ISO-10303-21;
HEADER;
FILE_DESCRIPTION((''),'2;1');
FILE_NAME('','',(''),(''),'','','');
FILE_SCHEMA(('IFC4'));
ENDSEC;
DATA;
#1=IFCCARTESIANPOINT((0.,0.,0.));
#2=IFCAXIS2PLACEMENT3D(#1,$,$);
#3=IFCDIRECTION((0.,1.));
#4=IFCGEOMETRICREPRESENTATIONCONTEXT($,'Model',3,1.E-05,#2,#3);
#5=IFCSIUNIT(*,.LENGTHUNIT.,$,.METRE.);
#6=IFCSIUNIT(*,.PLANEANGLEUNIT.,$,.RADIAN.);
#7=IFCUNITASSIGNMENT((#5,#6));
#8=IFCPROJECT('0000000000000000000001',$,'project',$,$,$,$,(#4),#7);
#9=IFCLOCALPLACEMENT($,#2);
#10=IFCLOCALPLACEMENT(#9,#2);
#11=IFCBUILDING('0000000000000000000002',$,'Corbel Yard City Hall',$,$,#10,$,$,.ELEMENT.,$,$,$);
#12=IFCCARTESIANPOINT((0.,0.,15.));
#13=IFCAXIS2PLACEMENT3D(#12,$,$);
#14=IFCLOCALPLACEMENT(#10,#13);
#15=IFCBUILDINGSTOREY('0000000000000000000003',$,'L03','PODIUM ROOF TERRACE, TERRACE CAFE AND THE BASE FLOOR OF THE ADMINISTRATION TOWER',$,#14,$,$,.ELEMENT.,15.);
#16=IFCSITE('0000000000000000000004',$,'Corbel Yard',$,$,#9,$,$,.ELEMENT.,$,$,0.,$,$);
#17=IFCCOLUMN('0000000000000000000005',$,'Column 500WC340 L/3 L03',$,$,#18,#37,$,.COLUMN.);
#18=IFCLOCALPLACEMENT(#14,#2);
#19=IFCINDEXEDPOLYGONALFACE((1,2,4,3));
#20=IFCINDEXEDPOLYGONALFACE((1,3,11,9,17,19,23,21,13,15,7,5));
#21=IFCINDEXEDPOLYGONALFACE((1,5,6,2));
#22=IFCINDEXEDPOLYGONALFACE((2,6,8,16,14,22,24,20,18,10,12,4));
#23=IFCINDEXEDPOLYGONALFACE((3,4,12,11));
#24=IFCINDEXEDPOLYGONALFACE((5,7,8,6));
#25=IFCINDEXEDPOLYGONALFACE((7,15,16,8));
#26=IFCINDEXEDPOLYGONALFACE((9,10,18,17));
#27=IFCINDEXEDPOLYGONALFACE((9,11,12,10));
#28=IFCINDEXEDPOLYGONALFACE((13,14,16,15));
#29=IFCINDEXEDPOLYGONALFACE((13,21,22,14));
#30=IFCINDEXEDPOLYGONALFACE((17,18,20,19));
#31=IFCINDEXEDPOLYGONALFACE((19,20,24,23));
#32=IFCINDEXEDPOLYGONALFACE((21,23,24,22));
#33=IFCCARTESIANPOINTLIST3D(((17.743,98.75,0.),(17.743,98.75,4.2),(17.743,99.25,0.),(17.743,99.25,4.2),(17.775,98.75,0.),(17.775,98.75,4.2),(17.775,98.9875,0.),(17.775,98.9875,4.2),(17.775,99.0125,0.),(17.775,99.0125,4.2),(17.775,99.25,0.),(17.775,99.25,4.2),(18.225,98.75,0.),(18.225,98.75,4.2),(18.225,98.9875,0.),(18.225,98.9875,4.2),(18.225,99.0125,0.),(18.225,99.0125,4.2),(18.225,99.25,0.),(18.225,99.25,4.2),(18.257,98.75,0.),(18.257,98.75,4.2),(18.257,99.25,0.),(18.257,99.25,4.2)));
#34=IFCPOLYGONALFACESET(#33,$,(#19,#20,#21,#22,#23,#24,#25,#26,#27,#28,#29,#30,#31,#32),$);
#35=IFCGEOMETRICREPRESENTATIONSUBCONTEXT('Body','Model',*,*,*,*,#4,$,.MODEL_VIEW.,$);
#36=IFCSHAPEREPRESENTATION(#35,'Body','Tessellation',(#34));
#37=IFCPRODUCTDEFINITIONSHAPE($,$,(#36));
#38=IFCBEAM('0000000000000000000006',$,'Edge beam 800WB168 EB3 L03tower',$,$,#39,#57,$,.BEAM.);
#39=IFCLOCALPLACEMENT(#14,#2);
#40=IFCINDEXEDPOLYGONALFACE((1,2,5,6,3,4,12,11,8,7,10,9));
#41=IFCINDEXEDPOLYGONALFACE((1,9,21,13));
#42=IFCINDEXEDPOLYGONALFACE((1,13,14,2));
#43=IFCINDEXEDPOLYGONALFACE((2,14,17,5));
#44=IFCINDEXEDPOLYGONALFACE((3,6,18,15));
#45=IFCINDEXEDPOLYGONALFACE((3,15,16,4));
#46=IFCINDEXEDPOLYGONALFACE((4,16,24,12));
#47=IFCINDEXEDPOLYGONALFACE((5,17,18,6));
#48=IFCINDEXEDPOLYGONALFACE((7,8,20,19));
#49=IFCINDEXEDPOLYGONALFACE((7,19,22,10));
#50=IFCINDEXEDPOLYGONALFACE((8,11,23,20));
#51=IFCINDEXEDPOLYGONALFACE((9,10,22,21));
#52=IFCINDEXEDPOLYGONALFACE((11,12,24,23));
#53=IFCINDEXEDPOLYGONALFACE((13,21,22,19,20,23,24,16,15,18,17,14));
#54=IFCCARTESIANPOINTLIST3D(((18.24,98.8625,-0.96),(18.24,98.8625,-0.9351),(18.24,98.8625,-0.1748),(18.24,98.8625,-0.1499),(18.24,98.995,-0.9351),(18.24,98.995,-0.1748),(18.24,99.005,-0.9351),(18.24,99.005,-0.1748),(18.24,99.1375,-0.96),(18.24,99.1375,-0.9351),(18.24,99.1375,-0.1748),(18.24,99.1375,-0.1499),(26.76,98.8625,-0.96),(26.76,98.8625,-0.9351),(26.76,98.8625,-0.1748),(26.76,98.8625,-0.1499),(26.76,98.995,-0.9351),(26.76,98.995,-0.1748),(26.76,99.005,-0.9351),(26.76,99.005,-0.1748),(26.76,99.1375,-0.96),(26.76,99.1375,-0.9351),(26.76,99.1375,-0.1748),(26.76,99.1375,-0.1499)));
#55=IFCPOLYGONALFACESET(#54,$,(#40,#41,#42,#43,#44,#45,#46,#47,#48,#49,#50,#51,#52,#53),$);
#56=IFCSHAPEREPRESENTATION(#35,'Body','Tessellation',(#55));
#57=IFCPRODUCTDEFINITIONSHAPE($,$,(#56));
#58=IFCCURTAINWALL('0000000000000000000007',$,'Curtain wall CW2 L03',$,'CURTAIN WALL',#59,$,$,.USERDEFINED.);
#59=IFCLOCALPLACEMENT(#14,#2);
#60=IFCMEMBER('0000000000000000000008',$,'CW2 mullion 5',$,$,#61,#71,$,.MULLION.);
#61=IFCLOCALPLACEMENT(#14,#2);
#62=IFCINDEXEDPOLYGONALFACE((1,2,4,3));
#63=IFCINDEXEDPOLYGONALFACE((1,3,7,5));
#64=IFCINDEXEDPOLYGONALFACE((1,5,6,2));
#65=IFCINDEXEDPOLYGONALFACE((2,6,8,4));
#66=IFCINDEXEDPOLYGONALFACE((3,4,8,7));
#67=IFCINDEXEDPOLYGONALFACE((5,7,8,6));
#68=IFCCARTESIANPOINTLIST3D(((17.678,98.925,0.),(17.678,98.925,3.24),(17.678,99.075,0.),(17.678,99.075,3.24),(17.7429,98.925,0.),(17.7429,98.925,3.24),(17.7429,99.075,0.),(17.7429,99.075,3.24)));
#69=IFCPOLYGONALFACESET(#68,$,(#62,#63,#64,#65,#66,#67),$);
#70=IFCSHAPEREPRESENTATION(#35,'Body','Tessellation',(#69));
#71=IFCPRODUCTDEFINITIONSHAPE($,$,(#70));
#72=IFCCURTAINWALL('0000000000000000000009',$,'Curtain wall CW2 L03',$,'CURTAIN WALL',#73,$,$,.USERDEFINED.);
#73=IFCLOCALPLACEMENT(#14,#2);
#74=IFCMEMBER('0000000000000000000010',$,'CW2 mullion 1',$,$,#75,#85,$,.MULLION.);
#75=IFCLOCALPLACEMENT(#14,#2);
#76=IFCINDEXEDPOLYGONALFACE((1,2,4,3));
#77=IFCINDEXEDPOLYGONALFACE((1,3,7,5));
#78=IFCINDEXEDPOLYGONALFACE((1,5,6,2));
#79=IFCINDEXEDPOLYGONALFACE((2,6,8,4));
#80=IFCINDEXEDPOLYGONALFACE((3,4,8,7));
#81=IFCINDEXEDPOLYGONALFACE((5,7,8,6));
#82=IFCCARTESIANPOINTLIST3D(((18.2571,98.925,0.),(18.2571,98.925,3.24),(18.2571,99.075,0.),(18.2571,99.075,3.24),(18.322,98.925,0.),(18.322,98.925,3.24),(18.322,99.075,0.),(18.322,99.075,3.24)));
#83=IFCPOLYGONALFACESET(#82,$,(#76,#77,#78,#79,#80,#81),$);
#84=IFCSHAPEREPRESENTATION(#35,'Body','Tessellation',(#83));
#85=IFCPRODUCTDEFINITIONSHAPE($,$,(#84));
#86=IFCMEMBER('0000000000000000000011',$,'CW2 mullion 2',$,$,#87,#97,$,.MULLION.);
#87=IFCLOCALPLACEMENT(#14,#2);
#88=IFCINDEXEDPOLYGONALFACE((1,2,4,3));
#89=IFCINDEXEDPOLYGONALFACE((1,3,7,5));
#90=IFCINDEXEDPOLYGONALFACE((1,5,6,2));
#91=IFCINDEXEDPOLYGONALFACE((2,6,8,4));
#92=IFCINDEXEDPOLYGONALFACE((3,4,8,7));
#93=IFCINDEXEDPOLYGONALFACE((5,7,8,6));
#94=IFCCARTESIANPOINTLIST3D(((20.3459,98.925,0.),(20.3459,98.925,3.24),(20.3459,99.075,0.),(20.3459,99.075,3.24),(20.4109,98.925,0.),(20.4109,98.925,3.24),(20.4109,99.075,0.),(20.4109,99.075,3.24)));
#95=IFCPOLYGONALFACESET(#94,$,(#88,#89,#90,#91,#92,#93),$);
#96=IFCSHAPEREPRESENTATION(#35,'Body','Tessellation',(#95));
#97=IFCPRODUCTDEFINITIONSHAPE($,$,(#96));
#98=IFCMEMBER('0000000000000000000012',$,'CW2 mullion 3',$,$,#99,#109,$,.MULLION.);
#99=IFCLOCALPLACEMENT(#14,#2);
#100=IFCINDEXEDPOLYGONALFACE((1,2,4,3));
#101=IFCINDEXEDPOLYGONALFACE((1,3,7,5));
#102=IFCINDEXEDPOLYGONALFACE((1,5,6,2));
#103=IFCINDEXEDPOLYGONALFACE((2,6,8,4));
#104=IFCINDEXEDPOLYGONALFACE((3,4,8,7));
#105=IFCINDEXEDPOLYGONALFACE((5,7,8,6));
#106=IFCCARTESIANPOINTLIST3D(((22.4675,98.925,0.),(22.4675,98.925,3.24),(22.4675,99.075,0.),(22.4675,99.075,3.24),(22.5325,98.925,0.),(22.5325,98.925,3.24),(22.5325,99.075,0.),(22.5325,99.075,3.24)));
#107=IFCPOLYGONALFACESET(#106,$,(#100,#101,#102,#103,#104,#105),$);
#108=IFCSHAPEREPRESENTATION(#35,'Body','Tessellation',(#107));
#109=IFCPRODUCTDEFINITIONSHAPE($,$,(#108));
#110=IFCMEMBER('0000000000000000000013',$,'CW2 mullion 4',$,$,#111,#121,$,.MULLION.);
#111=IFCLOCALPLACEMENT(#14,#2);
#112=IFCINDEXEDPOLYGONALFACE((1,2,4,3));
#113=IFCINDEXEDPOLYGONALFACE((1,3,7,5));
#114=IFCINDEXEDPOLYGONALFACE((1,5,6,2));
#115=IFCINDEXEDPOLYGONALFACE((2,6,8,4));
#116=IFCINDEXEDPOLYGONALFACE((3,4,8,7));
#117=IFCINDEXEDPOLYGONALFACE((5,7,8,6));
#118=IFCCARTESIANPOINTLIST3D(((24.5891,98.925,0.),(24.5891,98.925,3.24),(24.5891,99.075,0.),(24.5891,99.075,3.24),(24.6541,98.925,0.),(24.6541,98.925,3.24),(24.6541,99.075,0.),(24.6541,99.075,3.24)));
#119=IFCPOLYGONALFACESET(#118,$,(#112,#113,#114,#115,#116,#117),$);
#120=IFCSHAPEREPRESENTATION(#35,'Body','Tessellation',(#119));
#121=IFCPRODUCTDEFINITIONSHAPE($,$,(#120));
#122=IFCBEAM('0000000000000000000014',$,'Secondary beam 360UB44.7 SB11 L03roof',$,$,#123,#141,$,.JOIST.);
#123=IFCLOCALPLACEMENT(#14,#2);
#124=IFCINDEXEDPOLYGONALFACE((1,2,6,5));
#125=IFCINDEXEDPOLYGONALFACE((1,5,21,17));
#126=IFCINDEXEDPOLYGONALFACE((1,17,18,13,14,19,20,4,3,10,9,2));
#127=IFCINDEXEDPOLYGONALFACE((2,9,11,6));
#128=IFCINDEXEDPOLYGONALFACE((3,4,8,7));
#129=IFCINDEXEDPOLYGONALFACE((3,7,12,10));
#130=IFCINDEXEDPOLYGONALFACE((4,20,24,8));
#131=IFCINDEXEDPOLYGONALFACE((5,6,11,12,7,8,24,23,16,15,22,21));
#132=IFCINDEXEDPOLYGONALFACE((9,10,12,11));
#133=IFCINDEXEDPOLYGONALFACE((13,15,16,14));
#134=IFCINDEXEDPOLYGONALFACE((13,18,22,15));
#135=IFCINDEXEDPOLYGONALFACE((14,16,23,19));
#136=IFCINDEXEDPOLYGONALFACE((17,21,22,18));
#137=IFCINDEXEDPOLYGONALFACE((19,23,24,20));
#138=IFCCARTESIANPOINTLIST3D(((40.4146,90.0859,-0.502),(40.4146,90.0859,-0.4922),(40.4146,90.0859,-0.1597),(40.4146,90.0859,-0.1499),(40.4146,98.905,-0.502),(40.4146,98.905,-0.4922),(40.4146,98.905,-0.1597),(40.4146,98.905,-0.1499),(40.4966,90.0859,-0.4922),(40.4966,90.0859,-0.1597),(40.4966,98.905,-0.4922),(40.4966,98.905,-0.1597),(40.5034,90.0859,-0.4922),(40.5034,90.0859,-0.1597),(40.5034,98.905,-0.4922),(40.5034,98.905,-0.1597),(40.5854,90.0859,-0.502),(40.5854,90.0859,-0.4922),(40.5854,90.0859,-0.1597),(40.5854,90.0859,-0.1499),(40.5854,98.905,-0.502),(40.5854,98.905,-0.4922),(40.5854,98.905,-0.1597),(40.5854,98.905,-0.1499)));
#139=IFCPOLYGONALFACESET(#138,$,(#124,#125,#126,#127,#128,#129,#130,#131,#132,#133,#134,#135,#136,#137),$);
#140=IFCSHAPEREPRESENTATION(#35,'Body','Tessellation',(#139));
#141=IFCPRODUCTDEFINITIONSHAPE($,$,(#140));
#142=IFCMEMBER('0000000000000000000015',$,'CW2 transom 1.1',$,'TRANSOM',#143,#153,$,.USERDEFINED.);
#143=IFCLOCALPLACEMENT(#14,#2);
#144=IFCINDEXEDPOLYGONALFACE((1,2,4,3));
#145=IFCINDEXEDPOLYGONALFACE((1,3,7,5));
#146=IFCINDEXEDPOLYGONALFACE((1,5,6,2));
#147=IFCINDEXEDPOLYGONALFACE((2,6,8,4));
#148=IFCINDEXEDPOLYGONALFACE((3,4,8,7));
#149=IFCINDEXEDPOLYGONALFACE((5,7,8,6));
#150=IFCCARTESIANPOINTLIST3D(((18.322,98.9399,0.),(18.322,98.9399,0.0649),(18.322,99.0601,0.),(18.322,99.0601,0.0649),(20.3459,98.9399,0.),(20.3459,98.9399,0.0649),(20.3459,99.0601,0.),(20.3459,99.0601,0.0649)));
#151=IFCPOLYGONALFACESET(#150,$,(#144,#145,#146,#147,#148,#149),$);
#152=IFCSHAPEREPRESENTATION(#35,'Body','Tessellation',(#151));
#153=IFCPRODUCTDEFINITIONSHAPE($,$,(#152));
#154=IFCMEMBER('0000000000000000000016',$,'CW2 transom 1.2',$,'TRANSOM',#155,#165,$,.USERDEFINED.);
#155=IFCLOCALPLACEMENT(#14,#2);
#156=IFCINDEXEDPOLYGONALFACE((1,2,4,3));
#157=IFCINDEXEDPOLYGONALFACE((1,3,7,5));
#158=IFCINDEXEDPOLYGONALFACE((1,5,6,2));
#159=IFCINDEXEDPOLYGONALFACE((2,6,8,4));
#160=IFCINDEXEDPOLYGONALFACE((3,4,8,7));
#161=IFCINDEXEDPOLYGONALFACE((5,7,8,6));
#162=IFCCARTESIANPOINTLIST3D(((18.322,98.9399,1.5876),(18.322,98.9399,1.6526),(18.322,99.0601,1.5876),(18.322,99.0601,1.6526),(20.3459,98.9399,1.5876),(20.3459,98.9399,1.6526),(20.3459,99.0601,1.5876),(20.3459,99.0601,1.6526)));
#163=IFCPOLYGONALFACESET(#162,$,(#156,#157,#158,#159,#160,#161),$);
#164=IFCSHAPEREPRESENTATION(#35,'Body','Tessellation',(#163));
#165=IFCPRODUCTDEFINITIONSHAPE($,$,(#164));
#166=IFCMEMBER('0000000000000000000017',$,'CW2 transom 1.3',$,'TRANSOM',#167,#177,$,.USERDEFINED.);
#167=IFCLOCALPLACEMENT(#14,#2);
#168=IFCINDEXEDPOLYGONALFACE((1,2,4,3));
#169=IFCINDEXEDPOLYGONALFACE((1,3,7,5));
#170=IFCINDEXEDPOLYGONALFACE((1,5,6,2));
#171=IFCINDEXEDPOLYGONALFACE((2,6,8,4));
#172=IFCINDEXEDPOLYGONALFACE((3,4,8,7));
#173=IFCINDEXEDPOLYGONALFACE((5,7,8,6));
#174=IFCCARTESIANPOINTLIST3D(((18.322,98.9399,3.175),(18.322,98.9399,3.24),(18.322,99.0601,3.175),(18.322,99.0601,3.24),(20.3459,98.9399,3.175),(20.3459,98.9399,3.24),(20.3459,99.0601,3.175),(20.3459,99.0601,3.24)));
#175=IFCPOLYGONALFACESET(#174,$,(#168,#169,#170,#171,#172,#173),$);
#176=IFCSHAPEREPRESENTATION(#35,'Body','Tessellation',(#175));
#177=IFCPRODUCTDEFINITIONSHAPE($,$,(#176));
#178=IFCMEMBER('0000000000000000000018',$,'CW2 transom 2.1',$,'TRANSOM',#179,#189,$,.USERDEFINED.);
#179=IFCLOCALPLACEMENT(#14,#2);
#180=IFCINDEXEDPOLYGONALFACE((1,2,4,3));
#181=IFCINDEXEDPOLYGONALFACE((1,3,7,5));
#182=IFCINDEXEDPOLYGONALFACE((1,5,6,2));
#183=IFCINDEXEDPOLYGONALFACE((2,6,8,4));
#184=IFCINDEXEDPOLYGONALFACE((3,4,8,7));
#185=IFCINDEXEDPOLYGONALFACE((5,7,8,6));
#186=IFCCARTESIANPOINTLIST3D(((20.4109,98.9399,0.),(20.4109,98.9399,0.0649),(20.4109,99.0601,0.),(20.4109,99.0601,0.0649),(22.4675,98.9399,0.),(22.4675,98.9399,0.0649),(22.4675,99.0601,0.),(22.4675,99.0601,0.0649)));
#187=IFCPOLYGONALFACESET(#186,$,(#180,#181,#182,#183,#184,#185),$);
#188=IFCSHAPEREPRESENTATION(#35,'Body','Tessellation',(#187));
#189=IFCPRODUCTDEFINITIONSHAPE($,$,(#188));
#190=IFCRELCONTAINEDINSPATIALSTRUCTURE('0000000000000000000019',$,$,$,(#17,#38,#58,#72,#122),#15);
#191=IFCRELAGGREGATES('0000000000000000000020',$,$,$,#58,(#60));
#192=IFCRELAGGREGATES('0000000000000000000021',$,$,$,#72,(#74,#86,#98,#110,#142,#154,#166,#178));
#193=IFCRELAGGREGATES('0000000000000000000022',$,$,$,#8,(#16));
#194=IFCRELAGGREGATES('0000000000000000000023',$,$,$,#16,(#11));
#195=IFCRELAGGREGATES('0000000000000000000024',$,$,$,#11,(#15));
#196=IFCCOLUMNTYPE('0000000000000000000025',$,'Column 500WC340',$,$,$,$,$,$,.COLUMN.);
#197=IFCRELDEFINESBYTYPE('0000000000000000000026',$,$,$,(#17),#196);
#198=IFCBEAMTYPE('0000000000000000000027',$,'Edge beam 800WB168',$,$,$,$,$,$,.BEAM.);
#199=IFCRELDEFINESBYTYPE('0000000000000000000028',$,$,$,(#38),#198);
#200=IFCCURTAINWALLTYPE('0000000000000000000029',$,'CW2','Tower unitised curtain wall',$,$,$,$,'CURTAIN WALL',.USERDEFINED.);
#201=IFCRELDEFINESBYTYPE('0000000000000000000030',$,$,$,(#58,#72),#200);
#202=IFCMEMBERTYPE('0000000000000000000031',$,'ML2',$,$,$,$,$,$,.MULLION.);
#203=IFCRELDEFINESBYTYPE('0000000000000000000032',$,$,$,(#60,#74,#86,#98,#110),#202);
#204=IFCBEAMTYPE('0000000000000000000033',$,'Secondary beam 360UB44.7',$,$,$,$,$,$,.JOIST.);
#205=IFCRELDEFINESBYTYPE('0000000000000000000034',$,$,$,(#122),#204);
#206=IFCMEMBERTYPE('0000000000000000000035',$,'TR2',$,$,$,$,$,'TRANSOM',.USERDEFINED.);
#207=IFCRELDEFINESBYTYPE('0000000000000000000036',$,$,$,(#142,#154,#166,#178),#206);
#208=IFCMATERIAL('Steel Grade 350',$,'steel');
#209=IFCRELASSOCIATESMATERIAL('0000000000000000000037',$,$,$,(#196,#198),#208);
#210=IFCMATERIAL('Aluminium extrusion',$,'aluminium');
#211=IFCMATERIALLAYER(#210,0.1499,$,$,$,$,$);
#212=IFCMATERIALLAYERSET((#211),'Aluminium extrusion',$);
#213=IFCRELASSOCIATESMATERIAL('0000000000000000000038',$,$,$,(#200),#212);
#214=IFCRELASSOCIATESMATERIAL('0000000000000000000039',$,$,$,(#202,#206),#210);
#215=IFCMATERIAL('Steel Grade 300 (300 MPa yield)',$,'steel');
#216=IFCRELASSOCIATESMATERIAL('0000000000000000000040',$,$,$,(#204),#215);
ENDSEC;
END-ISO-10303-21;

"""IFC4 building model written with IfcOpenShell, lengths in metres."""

from ifc_helpers import new_model, si_unit, direction, frame, origin, origin_2d, place, context, subcontext, project, spatial, rectangle, i_section, extrude, material, layer, layer_set, material_profile, profile_set, type_object, element, aggregate, save


model = new_model("IFC4")

# Units and contexts
model_context = context("Model", 3, precision=1e-05, world=origin(), true_north=direction((0.0, 1.0)))
body_context = subcontext(model_context, "Body", "Model", "MODEL_VIEW")
ifc_project = project(units=[si_unit("LENGTHUNIT", "METRE"), si_unit("PLANEANGLEUNIT", "RADIAN")], contexts=[model_context])

# Site, building, storey
site_placement = place(None, origin())
site = spatial("IfcSite", under=ifc_project, at=site_placement, Name="Corbel Yard", CompositionType="ELEMENT", RefElevation=0.0)
building_placement = place(site_placement, origin())
building = spatial("IfcBuilding", under=site, at=building_placement, Name="Corbel Yard City Hall", CompositionType="ELEMENT")
storey_placement = place(building_placement, frame((0.0, 0.0, 15.0)))
storey = spatial("IfcBuildingStorey", under=building, at=storey_placement, Name="L03", Description="PODIUM ROOF TERRACE, TERRACE CAFE AND THE BASE FLOOR OF THE ADMINISTRATION TOWER", CompositionType="ELEMENT", Elevation=15.0)

# Column
ifc_material_1 = material(Name="Steel Grade 350", Category="steel")
ifc_material_profile_1 = material_profile(ifc_material_1, i_section(OverallWidth=0.5, OverallDepth=0.5139, WebThickness=0.0249, FlangeThickness=0.032, at=origin_2d()), Name="500WC340")
ifc_profile_set_1 = profile_set([ifc_material_profile_1], Name="Steel Grade 350")
column_type = type_object("IfcColumnType", Name="Column 500WC340", PredefinedType="COLUMN", material=ifc_profile_set_1)
column_placement = place(storey_placement, frame((18.0, 99.0, 0.0), z_axis=(0.0, 0.0, 1.0), x_axis=(0.0, 1.0, 0.0)))
element("IfcColumn", 1, at=column_placement, inside=storey, type_object=column_type, Name="Column 500WC340 L/3 L03", PredefinedType="COLUMN", context=body_context, shape_type="SweptSolid", body=[
    extrude(i_section(OverallWidth=0.5, OverallDepth=0.5139, WebThickness=0.0249, FlangeThickness=0.032, at=origin_2d()), origin(), (0.0, 0.0, 1.0), 4.2),
])

# Beam
ifc_material_profile_2 = material_profile(ifc_material_1, i_section(OverallWidth=0.2749, OverallDepth=0.8101, WebThickness=0.01, FlangeThickness=0.0249, at=origin_2d()), Name="800WB168")
ifc_profile_set_2 = profile_set([ifc_material_profile_2], Name="Steel Grade 350")
beam_type_1 = type_object("IfcBeamType", Name="Edge beam 800WB168", PredefinedType="BEAM", material=ifc_profile_set_2)
beam_1_placement = place(storey_placement, frame((18.24, 99.0, -0.5549), z_axis=(1.0, 0.0, 0.0), x_axis=(0.0, 1.0, 0.0)))
element("IfcBeam", 2, at=beam_1_placement, inside=storey, type_object=beam_type_1, Name="Edge beam 800WB168 EB3 L03tower", PredefinedType="BEAM", context=body_context, shape_type="SweptSolid", body=[
    extrude(i_section(OverallWidth=0.2749, OverallDepth=0.8101, WebThickness=0.01, FlangeThickness=0.0249, at=origin_2d()), origin(), (0.0, 0.0, 1.0), 8.52),
])

# Curtain wall, member
ifc_material_2 = material(Name="Aluminium extrusion", Category="aluminium")
ifc_layer_1 = layer(ifc_material_2, 0.1499)
ifc_layer_set_1 = layer_set([ifc_layer_1], Name="Aluminium extrusion")
curtain_wall_type = type_object("IfcCurtainWallType", Name="CW2", Description="Tower unitised curtain wall", ElementType="CURTAIN WALL", PredefinedType="USERDEFINED", material=ifc_layer_set_1)
curtain_wall_1_placement = place(storey_placement, origin())
curtain_wall_1 = element("IfcCurtainWall", 3, at=curtain_wall_1_placement, inside=storey, type_object=curtain_wall_type, Name="Curtain wall CW2 L03", ObjectType="CURTAIN WALL", PredefinedType="USERDEFINED")
ifc_material_profile_3 = material_profile(ifc_material_2, rectangle(XDim=0.1499, YDim=0.0649, at=origin_2d()), Name="150x65")
ifc_profile_set_3 = profile_set([ifc_material_profile_3], Name="Aluminium extrusion")
member_type_1 = type_object("IfcMemberType", Name="ML2", PredefinedType="MULLION", material=ifc_profile_set_3)
member_1_placement = place(storey_placement, frame((17.7104, 99.0, 0.0), z_axis=(0.0, 0.0, 1.0), x_axis=(0.0, 1.0, 0.0)))
member_1 = element("IfcMember", 4, at=member_1_placement, type_object=member_type_1, Name="CW2 mullion 5", PredefinedType="MULLION", context=body_context, shape_type="SweptSolid", body=[
    extrude(rectangle(XDim=0.1499, YDim=0.0649, at=origin_2d()), origin(), (0.0, 0.0, 1.0), 3.24),
])

# Curtain wall, members
curtain_wall_2_placement = place(storey_placement, origin())
curtain_wall_2 = element("IfcCurtainWall", 5, at=curtain_wall_2_placement, inside=storey, type_object=curtain_wall_type, Name="Curtain wall CW2 L03", ObjectType="CURTAIN WALL", PredefinedType="USERDEFINED")
member_2_placement = place(storey_placement, frame((18.2896, 99.0, 0.0), z_axis=(0.0, 0.0, 1.0), x_axis=(0.0, 1.0, 0.0)))
member_2 = element("IfcMember", 6, at=member_2_placement, type_object=member_type_1, Name="CW2 mullion 1", PredefinedType="MULLION", context=body_context, shape_type="SweptSolid", body=[
    extrude(rectangle(XDim=0.1499, YDim=0.0649, at=origin_2d()), origin(), (0.0, 0.0, 1.0), 3.24),
])
member_3_placement = place(storey_placement, frame((20.3784, 99.0, 0.0), z_axis=(0.0, 0.0, 1.0), x_axis=(0.0, 1.0, 0.0)))
member_3 = element("IfcMember", 7, at=member_3_placement, type_object=member_type_1, Name="CW2 mullion 2", PredefinedType="MULLION", context=body_context, shape_type="SweptSolid", body=[
    extrude(rectangle(XDim=0.1499, YDim=0.0649, at=origin_2d()), origin(), (0.0, 0.0, 1.0), 3.24),
])
member_4_placement = place(storey_placement, frame((22.5, 99.0, 0.0), z_axis=(0.0, 0.0, 1.0), x_axis=(0.0, 1.0, 0.0)))
member_4 = element("IfcMember", 8, at=member_4_placement, type_object=member_type_1, Name="CW2 mullion 3", PredefinedType="MULLION", context=body_context, shape_type="SweptSolid", body=[
    extrude(rectangle(XDim=0.1499, YDim=0.0649, at=origin_2d()), origin(), (0.0, 0.0, 1.0), 3.24),
])
member_5_placement = place(storey_placement, frame((24.6216, 99.0, 0.0), z_axis=(0.0, 0.0, 1.0), x_axis=(0.0, 1.0, 0.0)))
member_5 = element("IfcMember", 9, at=member_5_placement, type_object=member_type_1, Name="CW2 mullion 4", PredefinedType="MULLION", context=body_context, shape_type="SweptSolid", body=[
    extrude(rectangle(XDim=0.1499, YDim=0.0649, at=origin_2d()), origin(), (0.0, 0.0, 1.0), 3.24),
])

# Beam
ifc_material_3 = material(Name="Steel Grade 300 (300 MPa yield)", Category="steel")
ifc_material_profile_4 = material_profile(ifc_material_3, i_section(OverallWidth=0.1709, OverallDepth=0.3521, WebThickness=0.0068, FlangeThickness=0.0098, at=origin_2d()), Name="360UB44.7")
ifc_profile_set_4 = profile_set([ifc_material_profile_4], Name="Steel Grade 300 (300 MPa yield)")
beam_type_2 = type_object("IfcBeamType", Name="Secondary beam 360UB44.7", PredefinedType="JOIST", material=ifc_profile_set_4)
beam_2_placement = place(storey_placement, frame((40.5, 90.0859, -0.3259), z_axis=(0.0, 1.0, 0.0), x_axis=(-1.0, 0.0, 0.0)))
element("IfcBeam", 10, at=beam_2_placement, inside=storey, type_object=beam_type_2, Name="Secondary beam 360UB44.7 SB11 L03roof", PredefinedType="JOIST", context=body_context, shape_type="SweptSolid", body=[
    extrude(i_section(OverallWidth=0.1709, OverallDepth=0.3521, WebThickness=0.0068, FlangeThickness=0.0098, at=origin_2d()), origin(), (0.0, 0.0, 1.0), 8.8191),
])

# Members
ifc_material_profile_5 = material_profile(ifc_material_2, rectangle(XDim=0.1201, YDim=0.0649, at=origin_2d()), Name="120x65")
ifc_profile_set_5 = profile_set([ifc_material_profile_5], Name="Aluminium extrusion")
member_type_2 = type_object("IfcMemberType", Name="TR2", ElementType="TRANSOM", PredefinedType="USERDEFINED", material=ifc_profile_set_5)
member_6_placement = place(storey_placement, frame((18.322, 99.0, 0.0325), z_axis=(1.0, 0.0, 0.0), x_axis=(0.0, 1.0, 0.0)))
member_6 = element("IfcMember", 11, at=member_6_placement, type_object=member_type_2, Name="CW2 transom 1.1", ObjectType="TRANSOM", PredefinedType="USERDEFINED", context=body_context, shape_type="SweptSolid", body=[
    extrude(rectangle(XDim=0.1201, YDim=0.0649, at=origin_2d()), origin(), (0.0, 0.0, 1.0), 2.0239),
])
member_7_placement = place(storey_placement, frame((18.322, 99.0, 1.6201), z_axis=(1.0, 0.0, 0.0), x_axis=(0.0, 1.0, 0.0)))
member_7 = element("IfcMember", 12, at=member_7_placement, type_object=member_type_2, Name="CW2 transom 1.2", ObjectType="TRANSOM", PredefinedType="USERDEFINED", context=body_context, shape_type="SweptSolid", body=[
    extrude(rectangle(XDim=0.1201, YDim=0.0649, at=origin_2d()), origin(), (0.0, 0.0, 1.0), 2.0239),
])
member_8_placement = place(storey_placement, frame((18.322, 99.0, 3.2075), z_axis=(1.0, 0.0, 0.0), x_axis=(0.0, 1.0, 0.0)))
member_8 = element("IfcMember", 13, at=member_8_placement, type_object=member_type_2, Name="CW2 transom 1.3", ObjectType="TRANSOM", PredefinedType="USERDEFINED", context=body_context, shape_type="SweptSolid", body=[
    extrude(rectangle(XDim=0.1201, YDim=0.0649, at=origin_2d()), origin(), (0.0, 0.0, 1.0), 2.0239),
])
member_9_placement = place(storey_placement, frame((20.4109, 99.0, 0.0325), z_axis=(1.0, 0.0, 0.0), x_axis=(0.0, 1.0, 0.0)))
member_9 = element("IfcMember", 14, at=member_9_placement, type_object=member_type_2, Name="CW2 transom 2.1", ObjectType="TRANSOM", PredefinedType="USERDEFINED", context=body_context, shape_type="SweptSolid", body=[
    extrude(rectangle(XDim=0.1201, YDim=0.0649, at=origin_2d()), origin(), (0.0, 0.0, 1.0), 2.0566),
])

aggregate(curtain_wall_1, [member_1])
aggregate(curtain_wall_2, [member_2, member_3, member_4, member_5, member_6, member_7, member_8, member_9])

save(model, "model.ifc")
